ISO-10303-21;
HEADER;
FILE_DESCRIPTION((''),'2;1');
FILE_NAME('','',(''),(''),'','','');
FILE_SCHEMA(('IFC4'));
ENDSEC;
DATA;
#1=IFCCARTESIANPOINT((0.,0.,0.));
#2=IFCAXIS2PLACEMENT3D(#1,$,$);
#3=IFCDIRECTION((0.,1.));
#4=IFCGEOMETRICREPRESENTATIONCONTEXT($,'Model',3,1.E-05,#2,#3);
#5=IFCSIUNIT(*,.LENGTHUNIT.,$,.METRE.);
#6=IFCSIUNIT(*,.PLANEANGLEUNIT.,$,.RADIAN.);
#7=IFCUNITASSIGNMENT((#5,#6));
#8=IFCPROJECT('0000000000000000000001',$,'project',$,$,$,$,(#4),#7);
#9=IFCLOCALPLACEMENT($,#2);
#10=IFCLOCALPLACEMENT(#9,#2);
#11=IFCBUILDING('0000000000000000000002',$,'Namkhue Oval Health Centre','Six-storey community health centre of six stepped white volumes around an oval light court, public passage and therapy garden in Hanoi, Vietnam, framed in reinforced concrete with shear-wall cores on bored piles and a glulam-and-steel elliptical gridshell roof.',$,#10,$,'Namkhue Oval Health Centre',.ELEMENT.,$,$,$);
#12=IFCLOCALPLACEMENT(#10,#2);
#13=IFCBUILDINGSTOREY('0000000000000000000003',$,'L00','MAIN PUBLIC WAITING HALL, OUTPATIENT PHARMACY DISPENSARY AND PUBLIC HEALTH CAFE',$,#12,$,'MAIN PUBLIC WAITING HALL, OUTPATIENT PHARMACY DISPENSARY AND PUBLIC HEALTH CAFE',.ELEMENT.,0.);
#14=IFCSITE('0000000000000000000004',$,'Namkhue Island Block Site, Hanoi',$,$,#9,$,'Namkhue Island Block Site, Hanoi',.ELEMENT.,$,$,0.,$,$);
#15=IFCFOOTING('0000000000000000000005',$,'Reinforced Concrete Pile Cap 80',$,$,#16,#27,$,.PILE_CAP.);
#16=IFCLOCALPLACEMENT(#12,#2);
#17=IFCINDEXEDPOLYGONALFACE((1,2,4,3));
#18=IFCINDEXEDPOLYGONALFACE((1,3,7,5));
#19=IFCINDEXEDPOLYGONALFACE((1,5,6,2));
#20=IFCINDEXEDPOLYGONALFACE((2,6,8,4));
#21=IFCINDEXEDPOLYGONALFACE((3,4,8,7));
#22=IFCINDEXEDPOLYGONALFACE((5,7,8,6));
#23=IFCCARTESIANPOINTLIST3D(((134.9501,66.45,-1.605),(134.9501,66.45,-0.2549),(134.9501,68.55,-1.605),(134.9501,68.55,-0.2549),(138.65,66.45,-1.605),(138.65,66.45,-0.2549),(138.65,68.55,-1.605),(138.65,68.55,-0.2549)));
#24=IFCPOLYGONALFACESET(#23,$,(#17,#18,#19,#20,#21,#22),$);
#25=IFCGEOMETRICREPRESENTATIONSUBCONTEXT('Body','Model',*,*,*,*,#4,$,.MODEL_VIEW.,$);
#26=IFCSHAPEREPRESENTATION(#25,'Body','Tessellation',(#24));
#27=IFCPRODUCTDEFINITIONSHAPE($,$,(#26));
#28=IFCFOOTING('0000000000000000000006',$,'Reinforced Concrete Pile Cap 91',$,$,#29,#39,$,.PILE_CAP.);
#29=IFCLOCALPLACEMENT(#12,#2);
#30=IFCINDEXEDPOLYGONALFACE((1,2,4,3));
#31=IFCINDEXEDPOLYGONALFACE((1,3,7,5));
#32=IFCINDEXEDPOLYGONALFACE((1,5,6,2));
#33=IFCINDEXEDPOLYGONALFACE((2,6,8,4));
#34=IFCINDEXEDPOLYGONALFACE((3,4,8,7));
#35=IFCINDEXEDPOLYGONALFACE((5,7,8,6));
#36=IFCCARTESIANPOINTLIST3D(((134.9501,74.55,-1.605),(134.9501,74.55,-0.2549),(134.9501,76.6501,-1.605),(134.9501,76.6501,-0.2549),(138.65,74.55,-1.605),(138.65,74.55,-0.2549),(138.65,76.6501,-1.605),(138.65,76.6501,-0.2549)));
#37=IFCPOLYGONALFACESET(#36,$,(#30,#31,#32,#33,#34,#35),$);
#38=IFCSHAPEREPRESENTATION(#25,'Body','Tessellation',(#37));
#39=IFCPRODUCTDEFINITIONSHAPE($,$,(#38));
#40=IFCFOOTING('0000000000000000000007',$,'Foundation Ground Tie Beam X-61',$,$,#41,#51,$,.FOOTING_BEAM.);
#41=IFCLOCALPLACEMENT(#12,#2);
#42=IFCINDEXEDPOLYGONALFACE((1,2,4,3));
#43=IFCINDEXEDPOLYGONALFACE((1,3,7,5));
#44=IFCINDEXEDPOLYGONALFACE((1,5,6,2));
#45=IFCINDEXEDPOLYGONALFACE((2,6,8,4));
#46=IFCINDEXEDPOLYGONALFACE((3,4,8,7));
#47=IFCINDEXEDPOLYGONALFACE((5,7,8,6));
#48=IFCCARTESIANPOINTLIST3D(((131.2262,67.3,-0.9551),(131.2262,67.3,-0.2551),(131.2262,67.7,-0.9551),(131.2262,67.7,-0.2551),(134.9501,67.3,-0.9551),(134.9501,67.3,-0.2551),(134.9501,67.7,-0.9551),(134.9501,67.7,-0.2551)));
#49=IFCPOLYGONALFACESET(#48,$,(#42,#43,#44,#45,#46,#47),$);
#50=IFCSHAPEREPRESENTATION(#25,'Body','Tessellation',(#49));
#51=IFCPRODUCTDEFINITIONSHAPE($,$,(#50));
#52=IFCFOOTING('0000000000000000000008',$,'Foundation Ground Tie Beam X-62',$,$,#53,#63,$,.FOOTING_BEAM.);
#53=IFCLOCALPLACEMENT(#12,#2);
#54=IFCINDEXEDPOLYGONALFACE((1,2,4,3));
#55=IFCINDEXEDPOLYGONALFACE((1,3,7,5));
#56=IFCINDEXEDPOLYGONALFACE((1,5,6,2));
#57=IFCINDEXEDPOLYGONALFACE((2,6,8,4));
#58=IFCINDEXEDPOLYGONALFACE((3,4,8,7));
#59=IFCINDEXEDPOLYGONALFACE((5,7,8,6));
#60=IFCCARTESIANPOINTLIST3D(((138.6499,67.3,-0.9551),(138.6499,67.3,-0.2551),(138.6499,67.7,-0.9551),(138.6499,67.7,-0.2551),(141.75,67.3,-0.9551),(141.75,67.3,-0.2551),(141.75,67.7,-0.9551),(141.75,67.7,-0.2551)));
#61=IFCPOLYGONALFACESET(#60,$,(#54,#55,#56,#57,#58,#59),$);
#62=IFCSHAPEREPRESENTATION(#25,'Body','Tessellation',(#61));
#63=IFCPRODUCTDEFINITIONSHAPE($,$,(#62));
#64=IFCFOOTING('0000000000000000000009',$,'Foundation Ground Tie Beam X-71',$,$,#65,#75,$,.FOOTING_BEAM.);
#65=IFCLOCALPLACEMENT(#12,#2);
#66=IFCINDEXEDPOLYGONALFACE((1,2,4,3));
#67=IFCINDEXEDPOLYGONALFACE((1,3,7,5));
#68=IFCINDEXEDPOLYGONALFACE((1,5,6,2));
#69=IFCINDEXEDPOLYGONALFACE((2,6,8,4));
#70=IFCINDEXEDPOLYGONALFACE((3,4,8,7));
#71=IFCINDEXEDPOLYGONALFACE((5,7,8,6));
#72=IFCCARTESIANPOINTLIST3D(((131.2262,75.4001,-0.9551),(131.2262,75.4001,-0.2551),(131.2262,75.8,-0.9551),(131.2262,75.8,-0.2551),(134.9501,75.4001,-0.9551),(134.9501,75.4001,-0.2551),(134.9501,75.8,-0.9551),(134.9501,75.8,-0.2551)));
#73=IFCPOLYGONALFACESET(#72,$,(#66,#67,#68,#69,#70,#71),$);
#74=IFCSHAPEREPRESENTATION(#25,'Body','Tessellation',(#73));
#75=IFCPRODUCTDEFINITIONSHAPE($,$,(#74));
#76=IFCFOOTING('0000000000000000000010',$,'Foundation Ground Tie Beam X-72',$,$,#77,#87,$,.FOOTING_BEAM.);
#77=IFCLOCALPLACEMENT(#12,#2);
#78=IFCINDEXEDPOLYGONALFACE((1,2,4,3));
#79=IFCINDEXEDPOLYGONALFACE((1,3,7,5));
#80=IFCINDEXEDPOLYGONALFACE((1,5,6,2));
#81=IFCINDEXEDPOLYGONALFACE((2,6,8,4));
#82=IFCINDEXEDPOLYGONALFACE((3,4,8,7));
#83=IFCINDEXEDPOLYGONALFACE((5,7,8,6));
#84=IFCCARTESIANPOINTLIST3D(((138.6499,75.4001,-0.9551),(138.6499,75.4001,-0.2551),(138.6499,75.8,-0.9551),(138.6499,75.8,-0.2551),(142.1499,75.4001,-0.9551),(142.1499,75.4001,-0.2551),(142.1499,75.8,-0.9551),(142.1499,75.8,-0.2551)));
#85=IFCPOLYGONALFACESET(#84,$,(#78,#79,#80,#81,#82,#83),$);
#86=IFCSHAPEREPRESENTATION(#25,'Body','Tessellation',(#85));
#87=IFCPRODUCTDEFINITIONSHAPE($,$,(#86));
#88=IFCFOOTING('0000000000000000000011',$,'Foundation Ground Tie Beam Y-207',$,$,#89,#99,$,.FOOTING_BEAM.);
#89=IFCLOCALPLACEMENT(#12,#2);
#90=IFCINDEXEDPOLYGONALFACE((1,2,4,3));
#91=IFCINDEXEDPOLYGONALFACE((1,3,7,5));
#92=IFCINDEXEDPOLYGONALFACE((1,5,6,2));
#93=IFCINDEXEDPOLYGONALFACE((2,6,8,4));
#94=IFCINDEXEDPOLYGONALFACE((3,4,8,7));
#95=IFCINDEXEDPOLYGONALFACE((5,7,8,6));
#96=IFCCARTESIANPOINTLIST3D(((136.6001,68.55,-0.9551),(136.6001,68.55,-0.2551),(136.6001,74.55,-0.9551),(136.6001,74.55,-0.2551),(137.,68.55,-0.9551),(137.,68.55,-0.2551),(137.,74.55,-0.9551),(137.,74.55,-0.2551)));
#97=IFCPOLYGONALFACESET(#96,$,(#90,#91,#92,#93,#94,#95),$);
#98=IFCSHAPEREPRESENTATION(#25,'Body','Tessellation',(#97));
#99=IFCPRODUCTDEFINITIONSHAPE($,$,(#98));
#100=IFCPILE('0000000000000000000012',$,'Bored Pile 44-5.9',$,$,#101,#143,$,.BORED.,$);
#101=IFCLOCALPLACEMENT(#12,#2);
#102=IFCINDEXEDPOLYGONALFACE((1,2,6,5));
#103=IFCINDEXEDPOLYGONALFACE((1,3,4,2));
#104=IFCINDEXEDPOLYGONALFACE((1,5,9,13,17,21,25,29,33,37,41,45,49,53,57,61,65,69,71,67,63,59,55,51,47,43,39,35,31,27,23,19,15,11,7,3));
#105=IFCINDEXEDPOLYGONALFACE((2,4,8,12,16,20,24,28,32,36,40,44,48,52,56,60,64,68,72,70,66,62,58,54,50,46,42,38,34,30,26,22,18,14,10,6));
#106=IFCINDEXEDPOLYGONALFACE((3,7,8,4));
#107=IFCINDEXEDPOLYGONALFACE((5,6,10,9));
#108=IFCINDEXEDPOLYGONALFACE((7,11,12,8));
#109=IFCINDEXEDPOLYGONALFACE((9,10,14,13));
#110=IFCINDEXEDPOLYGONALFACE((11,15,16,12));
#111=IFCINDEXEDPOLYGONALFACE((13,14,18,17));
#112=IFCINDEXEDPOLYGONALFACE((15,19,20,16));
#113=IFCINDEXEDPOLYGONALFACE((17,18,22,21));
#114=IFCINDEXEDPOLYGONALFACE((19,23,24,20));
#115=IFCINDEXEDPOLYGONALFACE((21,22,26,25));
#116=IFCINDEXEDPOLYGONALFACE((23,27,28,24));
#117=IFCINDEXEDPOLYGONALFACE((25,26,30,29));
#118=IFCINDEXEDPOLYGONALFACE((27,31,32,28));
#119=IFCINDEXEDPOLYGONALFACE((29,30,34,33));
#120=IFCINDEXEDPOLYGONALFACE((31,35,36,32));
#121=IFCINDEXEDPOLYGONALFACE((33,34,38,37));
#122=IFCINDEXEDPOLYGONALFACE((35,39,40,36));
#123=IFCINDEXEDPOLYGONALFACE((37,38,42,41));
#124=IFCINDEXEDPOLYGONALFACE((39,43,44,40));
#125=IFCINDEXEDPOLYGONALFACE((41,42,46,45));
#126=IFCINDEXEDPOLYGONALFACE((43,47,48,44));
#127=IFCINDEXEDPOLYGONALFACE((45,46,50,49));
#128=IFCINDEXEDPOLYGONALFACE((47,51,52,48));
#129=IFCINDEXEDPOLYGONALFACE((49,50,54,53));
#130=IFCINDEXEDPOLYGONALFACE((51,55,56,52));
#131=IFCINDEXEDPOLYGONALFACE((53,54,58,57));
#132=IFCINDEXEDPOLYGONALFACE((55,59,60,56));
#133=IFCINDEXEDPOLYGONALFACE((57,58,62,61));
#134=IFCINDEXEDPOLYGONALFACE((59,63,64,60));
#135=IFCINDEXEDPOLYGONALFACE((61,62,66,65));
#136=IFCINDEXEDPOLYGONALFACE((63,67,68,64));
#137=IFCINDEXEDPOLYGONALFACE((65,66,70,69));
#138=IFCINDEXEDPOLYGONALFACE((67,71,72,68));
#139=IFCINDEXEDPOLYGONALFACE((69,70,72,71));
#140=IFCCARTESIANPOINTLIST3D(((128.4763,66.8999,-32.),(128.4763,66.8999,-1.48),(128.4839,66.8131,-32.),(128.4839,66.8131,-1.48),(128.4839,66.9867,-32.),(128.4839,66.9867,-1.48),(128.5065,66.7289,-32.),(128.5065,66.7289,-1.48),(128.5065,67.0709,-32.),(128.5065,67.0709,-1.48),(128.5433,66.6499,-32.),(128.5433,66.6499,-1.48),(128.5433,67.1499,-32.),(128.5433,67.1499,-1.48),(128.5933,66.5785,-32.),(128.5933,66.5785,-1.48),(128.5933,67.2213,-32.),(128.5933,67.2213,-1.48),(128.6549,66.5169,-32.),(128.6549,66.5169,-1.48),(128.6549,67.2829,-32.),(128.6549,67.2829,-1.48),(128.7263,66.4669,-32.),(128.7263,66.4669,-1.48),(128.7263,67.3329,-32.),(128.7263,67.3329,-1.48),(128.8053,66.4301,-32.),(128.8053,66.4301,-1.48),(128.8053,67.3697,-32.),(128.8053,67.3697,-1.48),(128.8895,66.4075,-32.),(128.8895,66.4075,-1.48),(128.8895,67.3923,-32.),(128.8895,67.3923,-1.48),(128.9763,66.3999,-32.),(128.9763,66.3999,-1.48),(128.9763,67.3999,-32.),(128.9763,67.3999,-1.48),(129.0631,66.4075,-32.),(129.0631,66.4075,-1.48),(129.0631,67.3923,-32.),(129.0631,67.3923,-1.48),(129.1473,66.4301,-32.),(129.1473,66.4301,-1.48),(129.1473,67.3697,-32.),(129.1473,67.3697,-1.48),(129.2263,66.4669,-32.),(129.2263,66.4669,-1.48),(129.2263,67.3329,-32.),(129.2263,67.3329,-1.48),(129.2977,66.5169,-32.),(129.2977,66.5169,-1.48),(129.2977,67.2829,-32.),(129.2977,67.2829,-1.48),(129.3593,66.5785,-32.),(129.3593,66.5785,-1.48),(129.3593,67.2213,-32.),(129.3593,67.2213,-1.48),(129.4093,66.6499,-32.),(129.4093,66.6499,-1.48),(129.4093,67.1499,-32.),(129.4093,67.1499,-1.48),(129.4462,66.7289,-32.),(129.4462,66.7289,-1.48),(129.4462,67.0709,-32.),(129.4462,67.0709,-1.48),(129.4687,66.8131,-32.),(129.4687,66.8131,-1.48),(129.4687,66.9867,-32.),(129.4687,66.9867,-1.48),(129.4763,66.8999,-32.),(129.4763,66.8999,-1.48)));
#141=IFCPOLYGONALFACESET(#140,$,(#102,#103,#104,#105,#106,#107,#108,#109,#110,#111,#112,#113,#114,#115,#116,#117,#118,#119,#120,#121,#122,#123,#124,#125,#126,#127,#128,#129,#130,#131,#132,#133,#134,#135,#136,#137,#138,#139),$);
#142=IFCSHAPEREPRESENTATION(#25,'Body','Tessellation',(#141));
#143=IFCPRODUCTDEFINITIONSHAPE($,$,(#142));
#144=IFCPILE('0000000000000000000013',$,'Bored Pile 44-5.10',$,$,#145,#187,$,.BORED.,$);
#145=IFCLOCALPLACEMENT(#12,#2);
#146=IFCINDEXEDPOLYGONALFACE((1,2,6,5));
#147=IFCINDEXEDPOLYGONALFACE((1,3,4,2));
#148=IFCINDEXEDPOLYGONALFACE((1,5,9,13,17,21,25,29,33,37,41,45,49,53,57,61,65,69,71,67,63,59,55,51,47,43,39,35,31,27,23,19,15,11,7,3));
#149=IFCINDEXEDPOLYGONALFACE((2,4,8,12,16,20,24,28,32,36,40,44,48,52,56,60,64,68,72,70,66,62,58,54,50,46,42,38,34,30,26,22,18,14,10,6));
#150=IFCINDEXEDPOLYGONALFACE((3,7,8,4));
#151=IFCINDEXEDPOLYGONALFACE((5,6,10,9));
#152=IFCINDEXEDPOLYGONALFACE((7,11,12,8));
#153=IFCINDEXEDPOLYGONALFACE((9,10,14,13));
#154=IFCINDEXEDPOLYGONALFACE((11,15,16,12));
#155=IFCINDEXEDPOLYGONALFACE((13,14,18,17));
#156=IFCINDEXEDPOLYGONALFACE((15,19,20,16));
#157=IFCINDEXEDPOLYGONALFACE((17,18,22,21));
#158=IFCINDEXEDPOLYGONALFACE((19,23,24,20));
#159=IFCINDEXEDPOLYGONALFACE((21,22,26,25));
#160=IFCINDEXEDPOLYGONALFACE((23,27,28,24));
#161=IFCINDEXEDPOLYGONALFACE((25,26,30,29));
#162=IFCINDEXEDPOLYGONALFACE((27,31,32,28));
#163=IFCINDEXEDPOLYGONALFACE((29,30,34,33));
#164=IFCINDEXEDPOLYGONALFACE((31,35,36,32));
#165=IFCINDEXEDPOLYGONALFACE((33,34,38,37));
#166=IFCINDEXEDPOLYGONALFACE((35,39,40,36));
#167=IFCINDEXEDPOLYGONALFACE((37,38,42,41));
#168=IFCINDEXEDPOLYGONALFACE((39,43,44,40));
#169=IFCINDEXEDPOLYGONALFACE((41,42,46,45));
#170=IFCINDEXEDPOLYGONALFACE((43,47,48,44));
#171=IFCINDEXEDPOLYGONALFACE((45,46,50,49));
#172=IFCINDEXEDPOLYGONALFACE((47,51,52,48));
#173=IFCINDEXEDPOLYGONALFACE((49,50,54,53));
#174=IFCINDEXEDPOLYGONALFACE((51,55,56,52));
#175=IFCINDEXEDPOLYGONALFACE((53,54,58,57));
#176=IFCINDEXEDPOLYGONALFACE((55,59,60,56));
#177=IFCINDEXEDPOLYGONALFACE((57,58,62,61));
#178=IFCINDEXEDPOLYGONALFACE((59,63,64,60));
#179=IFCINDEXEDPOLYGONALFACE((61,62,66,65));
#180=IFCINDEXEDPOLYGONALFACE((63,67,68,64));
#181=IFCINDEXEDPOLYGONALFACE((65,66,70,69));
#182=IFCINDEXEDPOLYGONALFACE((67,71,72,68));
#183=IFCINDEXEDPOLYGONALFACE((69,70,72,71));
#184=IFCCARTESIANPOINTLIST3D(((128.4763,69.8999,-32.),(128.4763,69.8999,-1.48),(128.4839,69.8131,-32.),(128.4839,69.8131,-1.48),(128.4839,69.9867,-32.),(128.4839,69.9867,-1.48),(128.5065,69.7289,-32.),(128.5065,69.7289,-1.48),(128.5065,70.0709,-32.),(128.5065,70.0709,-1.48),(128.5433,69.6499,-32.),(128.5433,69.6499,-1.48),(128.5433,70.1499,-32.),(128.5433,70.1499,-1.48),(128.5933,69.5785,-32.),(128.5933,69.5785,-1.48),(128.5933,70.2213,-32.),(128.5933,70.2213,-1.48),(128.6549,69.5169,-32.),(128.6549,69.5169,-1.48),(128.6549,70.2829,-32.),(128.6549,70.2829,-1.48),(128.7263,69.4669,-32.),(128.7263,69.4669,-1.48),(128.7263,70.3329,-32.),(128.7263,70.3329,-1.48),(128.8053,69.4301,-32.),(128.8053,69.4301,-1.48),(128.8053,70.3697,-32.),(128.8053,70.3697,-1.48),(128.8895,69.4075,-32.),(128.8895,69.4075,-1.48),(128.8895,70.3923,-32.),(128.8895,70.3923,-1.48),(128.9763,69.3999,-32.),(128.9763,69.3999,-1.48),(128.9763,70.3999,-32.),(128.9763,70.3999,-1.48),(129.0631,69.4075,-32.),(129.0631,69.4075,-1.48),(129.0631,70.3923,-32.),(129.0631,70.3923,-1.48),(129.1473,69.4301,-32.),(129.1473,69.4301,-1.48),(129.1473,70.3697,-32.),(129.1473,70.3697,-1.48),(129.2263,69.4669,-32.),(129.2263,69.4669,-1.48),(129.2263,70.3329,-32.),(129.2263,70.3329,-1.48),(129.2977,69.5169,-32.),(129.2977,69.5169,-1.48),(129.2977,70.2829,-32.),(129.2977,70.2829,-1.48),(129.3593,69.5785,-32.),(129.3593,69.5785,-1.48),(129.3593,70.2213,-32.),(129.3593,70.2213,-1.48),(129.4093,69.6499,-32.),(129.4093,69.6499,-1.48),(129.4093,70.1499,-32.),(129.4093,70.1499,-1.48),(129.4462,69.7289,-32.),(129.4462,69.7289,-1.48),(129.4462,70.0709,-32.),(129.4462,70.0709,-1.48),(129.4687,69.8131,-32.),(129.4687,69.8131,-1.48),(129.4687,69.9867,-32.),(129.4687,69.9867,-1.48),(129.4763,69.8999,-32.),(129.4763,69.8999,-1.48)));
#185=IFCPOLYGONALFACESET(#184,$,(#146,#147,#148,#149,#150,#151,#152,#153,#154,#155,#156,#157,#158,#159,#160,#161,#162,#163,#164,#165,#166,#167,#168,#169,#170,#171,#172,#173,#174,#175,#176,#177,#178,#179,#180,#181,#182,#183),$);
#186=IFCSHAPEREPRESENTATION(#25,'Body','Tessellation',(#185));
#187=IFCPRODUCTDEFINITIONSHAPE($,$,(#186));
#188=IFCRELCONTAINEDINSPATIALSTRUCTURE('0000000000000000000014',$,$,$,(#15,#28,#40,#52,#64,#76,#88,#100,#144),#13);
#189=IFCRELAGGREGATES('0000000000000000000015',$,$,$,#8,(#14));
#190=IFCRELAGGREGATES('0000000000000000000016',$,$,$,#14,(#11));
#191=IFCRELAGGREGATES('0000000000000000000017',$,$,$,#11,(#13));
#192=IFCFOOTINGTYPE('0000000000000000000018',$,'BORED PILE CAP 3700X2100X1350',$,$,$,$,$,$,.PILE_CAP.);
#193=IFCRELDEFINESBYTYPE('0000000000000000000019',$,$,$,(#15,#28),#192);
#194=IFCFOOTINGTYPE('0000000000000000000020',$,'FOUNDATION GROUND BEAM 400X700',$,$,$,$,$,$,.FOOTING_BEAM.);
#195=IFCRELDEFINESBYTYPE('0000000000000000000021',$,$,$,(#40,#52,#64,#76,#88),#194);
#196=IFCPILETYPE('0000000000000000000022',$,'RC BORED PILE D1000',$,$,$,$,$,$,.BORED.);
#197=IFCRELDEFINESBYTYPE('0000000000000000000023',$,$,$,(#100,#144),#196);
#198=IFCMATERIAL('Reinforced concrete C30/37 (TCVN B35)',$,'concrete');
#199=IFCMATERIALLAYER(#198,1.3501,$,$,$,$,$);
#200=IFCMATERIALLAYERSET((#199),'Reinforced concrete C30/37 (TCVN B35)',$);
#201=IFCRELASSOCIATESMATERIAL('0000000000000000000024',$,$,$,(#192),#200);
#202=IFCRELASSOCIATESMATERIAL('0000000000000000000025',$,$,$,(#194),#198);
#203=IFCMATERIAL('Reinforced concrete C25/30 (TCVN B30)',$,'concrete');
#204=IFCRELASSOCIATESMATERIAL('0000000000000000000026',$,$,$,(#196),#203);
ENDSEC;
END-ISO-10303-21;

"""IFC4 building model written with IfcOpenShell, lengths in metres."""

from ifc_helpers import new_model, si_unit, direction, frame, origin, origin_2d, place, context, subcontext, project, spatial, rectangle, circle, extrude, material, layer, layer_set, material_profile, profile_set, type_object, element, save


model = new_model("IFC4")

# Units and contexts
model_context = context("Model", 3, precision=1e-05, world=origin(), true_north=direction((0.0, 1.0)))
body_context = subcontext(model_context, "Body", "Model", "MODEL_VIEW")
ifc_project = project(units=[si_unit("LENGTHUNIT", "METRE"), si_unit("PLANEANGLEUNIT", "RADIAN")], contexts=[model_context])

# Site, building, storey
site_placement = place(None, origin())
site = spatial("IfcSite", under=ifc_project, at=site_placement, Name="Namkhue Island Block Site, Hanoi", LongName="Namkhue Island Block Site, Hanoi", CompositionType="ELEMENT", RefElevation=0.0)
building_placement = place(site_placement, origin())
building = spatial("IfcBuilding", under=site, at=building_placement, Name="Namkhue Oval Health Centre", Description="Six-storey community health centre of six stepped white volumes around an oval light court, public passage and therapy garden in Hanoi, Vietnam, framed in reinforced concrete with shear-wall cores on bored piles and a glulam-and-steel elliptical gridshell roof.", LongName="Namkhue Oval Health Centre", CompositionType="ELEMENT")
storey_placement = place(building_placement, origin())
storey = spatial("IfcBuildingStorey", under=building, at=storey_placement, Name="L00", Description="MAIN PUBLIC WAITING HALL, OUTPATIENT PHARMACY DISPENSARY AND PUBLIC HEALTH CAFE", LongName="MAIN PUBLIC WAITING HALL, OUTPATIENT PHARMACY DISPENSARY AND PUBLIC HEALTH CAFE", CompositionType="ELEMENT", Elevation=0.0)

# Footings
ifc_material_1 = material(Name="Reinforced concrete C30/37 (TCVN B35)", Category="concrete")
ifc_layer_1 = layer(ifc_material_1, 1.3501)
ifc_layer_set_1 = layer_set([ifc_layer_1], Name="Reinforced concrete C30/37 (TCVN B35)")
footing_type_1 = type_object("IfcFootingType", Name="BORED PILE CAP 3700X2100X1350", PredefinedType="PILE_CAP", material=ifc_layer_set_1)
for number, where, z_axis, x_axis, name in (
    (1, (136.8, 67.5, -1.605), (0.0, 0.0, 1.0), (1.0, 0.0, 0.0), "Reinforced Concrete Pile Cap 80"),
    (2, (136.8, 75.6001, -1.605), (0.0, 0.0, 1.0), (1.0, 0.0, 0.0), "Reinforced Concrete Pile Cap 91"),
):
    element("IfcFooting", number, at=place(storey_placement, frame(where, z_axis=z_axis, x_axis=x_axis)), inside=storey, type_object=footing_type_1, Name=name, PredefinedType="PILE_CAP", context=body_context, shape_type="SweptSolid", body=[
        extrude(rectangle(XDim=3.7, YDim=2.1001, at=origin_2d()), origin(), (0.0, 0.0, 1.0), 1.3501),
    ])
footing_type_2 = type_object("IfcFootingType", Name="FOUNDATION GROUND BEAM 400X700", PredefinedType="FOOTING_BEAM", material=ifc_material_1)
footing_1_placement = place(storey_placement, frame((133.0881, 67.5, -0.9551), z_axis=(0.0, 0.0, 1.0), x_axis=(1.0, 0.0, 0.0)))
element("IfcFooting", 3, at=footing_1_placement, inside=storey, type_object=footing_type_2, Name="Foundation Ground Tie Beam X-61", PredefinedType="FOOTING_BEAM", context=body_context, shape_type="SweptSolid", body=[
    extrude(rectangle(XDim=3.7239, YDim=0.3999, at=origin_2d()), origin(), (0.0, 0.0, 1.0), 0.7),
])
footing_2_placement = place(storey_placement, frame((140.2, 67.5, -0.9551), z_axis=(0.0, 0.0, 1.0), x_axis=(1.0, 0.0, 0.0)))
element("IfcFooting", 4, at=footing_2_placement, inside=storey, type_object=footing_type_2, Name="Foundation Ground Tie Beam X-62", PredefinedType="FOOTING_BEAM", context=body_context, shape_type="SweptSolid", body=[
    extrude(rectangle(XDim=3.1001, YDim=0.3999, at=origin_2d()), origin(), (0.0, 0.0, 1.0), 0.7),
])
footing_3_placement = place(storey_placement, frame((133.0881, 75.6001, -0.9551), z_axis=(0.0, 0.0, 1.0), x_axis=(1.0, 0.0, 0.0)))
element("IfcFooting", 5, at=footing_3_placement, inside=storey, type_object=footing_type_2, Name="Foundation Ground Tie Beam X-71", PredefinedType="FOOTING_BEAM", context=body_context, shape_type="SweptSolid", body=[
    extrude(rectangle(XDim=3.7239, YDim=0.3999, at=origin_2d()), origin(), (0.0, 0.0, 1.0), 0.7),
])
footing_4_placement = place(storey_placement, frame((140.3999, 75.6001, -0.9551), z_axis=(0.0, 0.0, 1.0), x_axis=(1.0, 0.0, 0.0)))
element("IfcFooting", 6, at=footing_4_placement, inside=storey, type_object=footing_type_2, Name="Foundation Ground Tie Beam X-72", PredefinedType="FOOTING_BEAM", context=body_context, shape_type="SweptSolid", body=[
    extrude(rectangle(XDim=3.5, YDim=0.3999, at=origin_2d()), origin(), (0.0, 0.0, 1.0), 0.7),
])
footing_5_placement = place(storey_placement, frame((136.8, 71.55, -0.9551), z_axis=(0.0, 0.0, 1.0), x_axis=(0.0, 1.0, 0.0)))
element("IfcFooting", 7, at=footing_5_placement, inside=storey, type_object=footing_type_2, Name="Foundation Ground Tie Beam Y-207", PredefinedType="FOOTING_BEAM", context=body_context, shape_type="SweptSolid", body=[
    extrude(rectangle(XDim=6.0, YDim=0.3999, at=origin_2d()), origin(), (0.0, 0.0, 1.0), 0.7),
])

# Piles
ifc_material_2 = material(Name="Reinforced concrete C25/30 (TCVN B30)", Category="concrete")
ifc_material_profile_1 = material_profile(ifc_material_2, circle(Radius=0.5, at=origin_2d()), Name="BORED PILE D1000")
ifc_profile_set_1 = profile_set([ifc_material_profile_1], Name="Reinforced concrete C25/30 (TCVN B30)")
pile_type_1 = type_object("IfcPileType", Name="RC BORED PILE D1000", PredefinedType="BORED", material=ifc_profile_set_1)
for number, where, z_axis, x_axis, name in (
    (8, (128.9763, 66.8999, -1.48), (0.0, 0.0, -1.0), (1.0, 0.0, 0.0), "Bored Pile 44-5.9"),
    (9, (128.9763, 69.8999, -1.48), (0.0, 0.0, -1.0), (1.0, 0.0, 0.0), "Bored Pile 44-5.10"),
):
    element("IfcPile", number, at=place(storey_placement, frame(where, z_axis=z_axis, x_axis=x_axis)), inside=storey, type_object=pile_type_1, Name=name, PredefinedType="BORED", context=body_context, shape_type="SweptSolid", body=[
        extrude(circle(Radius=0.5, at=origin_2d()), origin(), (0.0, 0.0, 1.0), 30.52),
    ])

save(model, "model.ifc")
